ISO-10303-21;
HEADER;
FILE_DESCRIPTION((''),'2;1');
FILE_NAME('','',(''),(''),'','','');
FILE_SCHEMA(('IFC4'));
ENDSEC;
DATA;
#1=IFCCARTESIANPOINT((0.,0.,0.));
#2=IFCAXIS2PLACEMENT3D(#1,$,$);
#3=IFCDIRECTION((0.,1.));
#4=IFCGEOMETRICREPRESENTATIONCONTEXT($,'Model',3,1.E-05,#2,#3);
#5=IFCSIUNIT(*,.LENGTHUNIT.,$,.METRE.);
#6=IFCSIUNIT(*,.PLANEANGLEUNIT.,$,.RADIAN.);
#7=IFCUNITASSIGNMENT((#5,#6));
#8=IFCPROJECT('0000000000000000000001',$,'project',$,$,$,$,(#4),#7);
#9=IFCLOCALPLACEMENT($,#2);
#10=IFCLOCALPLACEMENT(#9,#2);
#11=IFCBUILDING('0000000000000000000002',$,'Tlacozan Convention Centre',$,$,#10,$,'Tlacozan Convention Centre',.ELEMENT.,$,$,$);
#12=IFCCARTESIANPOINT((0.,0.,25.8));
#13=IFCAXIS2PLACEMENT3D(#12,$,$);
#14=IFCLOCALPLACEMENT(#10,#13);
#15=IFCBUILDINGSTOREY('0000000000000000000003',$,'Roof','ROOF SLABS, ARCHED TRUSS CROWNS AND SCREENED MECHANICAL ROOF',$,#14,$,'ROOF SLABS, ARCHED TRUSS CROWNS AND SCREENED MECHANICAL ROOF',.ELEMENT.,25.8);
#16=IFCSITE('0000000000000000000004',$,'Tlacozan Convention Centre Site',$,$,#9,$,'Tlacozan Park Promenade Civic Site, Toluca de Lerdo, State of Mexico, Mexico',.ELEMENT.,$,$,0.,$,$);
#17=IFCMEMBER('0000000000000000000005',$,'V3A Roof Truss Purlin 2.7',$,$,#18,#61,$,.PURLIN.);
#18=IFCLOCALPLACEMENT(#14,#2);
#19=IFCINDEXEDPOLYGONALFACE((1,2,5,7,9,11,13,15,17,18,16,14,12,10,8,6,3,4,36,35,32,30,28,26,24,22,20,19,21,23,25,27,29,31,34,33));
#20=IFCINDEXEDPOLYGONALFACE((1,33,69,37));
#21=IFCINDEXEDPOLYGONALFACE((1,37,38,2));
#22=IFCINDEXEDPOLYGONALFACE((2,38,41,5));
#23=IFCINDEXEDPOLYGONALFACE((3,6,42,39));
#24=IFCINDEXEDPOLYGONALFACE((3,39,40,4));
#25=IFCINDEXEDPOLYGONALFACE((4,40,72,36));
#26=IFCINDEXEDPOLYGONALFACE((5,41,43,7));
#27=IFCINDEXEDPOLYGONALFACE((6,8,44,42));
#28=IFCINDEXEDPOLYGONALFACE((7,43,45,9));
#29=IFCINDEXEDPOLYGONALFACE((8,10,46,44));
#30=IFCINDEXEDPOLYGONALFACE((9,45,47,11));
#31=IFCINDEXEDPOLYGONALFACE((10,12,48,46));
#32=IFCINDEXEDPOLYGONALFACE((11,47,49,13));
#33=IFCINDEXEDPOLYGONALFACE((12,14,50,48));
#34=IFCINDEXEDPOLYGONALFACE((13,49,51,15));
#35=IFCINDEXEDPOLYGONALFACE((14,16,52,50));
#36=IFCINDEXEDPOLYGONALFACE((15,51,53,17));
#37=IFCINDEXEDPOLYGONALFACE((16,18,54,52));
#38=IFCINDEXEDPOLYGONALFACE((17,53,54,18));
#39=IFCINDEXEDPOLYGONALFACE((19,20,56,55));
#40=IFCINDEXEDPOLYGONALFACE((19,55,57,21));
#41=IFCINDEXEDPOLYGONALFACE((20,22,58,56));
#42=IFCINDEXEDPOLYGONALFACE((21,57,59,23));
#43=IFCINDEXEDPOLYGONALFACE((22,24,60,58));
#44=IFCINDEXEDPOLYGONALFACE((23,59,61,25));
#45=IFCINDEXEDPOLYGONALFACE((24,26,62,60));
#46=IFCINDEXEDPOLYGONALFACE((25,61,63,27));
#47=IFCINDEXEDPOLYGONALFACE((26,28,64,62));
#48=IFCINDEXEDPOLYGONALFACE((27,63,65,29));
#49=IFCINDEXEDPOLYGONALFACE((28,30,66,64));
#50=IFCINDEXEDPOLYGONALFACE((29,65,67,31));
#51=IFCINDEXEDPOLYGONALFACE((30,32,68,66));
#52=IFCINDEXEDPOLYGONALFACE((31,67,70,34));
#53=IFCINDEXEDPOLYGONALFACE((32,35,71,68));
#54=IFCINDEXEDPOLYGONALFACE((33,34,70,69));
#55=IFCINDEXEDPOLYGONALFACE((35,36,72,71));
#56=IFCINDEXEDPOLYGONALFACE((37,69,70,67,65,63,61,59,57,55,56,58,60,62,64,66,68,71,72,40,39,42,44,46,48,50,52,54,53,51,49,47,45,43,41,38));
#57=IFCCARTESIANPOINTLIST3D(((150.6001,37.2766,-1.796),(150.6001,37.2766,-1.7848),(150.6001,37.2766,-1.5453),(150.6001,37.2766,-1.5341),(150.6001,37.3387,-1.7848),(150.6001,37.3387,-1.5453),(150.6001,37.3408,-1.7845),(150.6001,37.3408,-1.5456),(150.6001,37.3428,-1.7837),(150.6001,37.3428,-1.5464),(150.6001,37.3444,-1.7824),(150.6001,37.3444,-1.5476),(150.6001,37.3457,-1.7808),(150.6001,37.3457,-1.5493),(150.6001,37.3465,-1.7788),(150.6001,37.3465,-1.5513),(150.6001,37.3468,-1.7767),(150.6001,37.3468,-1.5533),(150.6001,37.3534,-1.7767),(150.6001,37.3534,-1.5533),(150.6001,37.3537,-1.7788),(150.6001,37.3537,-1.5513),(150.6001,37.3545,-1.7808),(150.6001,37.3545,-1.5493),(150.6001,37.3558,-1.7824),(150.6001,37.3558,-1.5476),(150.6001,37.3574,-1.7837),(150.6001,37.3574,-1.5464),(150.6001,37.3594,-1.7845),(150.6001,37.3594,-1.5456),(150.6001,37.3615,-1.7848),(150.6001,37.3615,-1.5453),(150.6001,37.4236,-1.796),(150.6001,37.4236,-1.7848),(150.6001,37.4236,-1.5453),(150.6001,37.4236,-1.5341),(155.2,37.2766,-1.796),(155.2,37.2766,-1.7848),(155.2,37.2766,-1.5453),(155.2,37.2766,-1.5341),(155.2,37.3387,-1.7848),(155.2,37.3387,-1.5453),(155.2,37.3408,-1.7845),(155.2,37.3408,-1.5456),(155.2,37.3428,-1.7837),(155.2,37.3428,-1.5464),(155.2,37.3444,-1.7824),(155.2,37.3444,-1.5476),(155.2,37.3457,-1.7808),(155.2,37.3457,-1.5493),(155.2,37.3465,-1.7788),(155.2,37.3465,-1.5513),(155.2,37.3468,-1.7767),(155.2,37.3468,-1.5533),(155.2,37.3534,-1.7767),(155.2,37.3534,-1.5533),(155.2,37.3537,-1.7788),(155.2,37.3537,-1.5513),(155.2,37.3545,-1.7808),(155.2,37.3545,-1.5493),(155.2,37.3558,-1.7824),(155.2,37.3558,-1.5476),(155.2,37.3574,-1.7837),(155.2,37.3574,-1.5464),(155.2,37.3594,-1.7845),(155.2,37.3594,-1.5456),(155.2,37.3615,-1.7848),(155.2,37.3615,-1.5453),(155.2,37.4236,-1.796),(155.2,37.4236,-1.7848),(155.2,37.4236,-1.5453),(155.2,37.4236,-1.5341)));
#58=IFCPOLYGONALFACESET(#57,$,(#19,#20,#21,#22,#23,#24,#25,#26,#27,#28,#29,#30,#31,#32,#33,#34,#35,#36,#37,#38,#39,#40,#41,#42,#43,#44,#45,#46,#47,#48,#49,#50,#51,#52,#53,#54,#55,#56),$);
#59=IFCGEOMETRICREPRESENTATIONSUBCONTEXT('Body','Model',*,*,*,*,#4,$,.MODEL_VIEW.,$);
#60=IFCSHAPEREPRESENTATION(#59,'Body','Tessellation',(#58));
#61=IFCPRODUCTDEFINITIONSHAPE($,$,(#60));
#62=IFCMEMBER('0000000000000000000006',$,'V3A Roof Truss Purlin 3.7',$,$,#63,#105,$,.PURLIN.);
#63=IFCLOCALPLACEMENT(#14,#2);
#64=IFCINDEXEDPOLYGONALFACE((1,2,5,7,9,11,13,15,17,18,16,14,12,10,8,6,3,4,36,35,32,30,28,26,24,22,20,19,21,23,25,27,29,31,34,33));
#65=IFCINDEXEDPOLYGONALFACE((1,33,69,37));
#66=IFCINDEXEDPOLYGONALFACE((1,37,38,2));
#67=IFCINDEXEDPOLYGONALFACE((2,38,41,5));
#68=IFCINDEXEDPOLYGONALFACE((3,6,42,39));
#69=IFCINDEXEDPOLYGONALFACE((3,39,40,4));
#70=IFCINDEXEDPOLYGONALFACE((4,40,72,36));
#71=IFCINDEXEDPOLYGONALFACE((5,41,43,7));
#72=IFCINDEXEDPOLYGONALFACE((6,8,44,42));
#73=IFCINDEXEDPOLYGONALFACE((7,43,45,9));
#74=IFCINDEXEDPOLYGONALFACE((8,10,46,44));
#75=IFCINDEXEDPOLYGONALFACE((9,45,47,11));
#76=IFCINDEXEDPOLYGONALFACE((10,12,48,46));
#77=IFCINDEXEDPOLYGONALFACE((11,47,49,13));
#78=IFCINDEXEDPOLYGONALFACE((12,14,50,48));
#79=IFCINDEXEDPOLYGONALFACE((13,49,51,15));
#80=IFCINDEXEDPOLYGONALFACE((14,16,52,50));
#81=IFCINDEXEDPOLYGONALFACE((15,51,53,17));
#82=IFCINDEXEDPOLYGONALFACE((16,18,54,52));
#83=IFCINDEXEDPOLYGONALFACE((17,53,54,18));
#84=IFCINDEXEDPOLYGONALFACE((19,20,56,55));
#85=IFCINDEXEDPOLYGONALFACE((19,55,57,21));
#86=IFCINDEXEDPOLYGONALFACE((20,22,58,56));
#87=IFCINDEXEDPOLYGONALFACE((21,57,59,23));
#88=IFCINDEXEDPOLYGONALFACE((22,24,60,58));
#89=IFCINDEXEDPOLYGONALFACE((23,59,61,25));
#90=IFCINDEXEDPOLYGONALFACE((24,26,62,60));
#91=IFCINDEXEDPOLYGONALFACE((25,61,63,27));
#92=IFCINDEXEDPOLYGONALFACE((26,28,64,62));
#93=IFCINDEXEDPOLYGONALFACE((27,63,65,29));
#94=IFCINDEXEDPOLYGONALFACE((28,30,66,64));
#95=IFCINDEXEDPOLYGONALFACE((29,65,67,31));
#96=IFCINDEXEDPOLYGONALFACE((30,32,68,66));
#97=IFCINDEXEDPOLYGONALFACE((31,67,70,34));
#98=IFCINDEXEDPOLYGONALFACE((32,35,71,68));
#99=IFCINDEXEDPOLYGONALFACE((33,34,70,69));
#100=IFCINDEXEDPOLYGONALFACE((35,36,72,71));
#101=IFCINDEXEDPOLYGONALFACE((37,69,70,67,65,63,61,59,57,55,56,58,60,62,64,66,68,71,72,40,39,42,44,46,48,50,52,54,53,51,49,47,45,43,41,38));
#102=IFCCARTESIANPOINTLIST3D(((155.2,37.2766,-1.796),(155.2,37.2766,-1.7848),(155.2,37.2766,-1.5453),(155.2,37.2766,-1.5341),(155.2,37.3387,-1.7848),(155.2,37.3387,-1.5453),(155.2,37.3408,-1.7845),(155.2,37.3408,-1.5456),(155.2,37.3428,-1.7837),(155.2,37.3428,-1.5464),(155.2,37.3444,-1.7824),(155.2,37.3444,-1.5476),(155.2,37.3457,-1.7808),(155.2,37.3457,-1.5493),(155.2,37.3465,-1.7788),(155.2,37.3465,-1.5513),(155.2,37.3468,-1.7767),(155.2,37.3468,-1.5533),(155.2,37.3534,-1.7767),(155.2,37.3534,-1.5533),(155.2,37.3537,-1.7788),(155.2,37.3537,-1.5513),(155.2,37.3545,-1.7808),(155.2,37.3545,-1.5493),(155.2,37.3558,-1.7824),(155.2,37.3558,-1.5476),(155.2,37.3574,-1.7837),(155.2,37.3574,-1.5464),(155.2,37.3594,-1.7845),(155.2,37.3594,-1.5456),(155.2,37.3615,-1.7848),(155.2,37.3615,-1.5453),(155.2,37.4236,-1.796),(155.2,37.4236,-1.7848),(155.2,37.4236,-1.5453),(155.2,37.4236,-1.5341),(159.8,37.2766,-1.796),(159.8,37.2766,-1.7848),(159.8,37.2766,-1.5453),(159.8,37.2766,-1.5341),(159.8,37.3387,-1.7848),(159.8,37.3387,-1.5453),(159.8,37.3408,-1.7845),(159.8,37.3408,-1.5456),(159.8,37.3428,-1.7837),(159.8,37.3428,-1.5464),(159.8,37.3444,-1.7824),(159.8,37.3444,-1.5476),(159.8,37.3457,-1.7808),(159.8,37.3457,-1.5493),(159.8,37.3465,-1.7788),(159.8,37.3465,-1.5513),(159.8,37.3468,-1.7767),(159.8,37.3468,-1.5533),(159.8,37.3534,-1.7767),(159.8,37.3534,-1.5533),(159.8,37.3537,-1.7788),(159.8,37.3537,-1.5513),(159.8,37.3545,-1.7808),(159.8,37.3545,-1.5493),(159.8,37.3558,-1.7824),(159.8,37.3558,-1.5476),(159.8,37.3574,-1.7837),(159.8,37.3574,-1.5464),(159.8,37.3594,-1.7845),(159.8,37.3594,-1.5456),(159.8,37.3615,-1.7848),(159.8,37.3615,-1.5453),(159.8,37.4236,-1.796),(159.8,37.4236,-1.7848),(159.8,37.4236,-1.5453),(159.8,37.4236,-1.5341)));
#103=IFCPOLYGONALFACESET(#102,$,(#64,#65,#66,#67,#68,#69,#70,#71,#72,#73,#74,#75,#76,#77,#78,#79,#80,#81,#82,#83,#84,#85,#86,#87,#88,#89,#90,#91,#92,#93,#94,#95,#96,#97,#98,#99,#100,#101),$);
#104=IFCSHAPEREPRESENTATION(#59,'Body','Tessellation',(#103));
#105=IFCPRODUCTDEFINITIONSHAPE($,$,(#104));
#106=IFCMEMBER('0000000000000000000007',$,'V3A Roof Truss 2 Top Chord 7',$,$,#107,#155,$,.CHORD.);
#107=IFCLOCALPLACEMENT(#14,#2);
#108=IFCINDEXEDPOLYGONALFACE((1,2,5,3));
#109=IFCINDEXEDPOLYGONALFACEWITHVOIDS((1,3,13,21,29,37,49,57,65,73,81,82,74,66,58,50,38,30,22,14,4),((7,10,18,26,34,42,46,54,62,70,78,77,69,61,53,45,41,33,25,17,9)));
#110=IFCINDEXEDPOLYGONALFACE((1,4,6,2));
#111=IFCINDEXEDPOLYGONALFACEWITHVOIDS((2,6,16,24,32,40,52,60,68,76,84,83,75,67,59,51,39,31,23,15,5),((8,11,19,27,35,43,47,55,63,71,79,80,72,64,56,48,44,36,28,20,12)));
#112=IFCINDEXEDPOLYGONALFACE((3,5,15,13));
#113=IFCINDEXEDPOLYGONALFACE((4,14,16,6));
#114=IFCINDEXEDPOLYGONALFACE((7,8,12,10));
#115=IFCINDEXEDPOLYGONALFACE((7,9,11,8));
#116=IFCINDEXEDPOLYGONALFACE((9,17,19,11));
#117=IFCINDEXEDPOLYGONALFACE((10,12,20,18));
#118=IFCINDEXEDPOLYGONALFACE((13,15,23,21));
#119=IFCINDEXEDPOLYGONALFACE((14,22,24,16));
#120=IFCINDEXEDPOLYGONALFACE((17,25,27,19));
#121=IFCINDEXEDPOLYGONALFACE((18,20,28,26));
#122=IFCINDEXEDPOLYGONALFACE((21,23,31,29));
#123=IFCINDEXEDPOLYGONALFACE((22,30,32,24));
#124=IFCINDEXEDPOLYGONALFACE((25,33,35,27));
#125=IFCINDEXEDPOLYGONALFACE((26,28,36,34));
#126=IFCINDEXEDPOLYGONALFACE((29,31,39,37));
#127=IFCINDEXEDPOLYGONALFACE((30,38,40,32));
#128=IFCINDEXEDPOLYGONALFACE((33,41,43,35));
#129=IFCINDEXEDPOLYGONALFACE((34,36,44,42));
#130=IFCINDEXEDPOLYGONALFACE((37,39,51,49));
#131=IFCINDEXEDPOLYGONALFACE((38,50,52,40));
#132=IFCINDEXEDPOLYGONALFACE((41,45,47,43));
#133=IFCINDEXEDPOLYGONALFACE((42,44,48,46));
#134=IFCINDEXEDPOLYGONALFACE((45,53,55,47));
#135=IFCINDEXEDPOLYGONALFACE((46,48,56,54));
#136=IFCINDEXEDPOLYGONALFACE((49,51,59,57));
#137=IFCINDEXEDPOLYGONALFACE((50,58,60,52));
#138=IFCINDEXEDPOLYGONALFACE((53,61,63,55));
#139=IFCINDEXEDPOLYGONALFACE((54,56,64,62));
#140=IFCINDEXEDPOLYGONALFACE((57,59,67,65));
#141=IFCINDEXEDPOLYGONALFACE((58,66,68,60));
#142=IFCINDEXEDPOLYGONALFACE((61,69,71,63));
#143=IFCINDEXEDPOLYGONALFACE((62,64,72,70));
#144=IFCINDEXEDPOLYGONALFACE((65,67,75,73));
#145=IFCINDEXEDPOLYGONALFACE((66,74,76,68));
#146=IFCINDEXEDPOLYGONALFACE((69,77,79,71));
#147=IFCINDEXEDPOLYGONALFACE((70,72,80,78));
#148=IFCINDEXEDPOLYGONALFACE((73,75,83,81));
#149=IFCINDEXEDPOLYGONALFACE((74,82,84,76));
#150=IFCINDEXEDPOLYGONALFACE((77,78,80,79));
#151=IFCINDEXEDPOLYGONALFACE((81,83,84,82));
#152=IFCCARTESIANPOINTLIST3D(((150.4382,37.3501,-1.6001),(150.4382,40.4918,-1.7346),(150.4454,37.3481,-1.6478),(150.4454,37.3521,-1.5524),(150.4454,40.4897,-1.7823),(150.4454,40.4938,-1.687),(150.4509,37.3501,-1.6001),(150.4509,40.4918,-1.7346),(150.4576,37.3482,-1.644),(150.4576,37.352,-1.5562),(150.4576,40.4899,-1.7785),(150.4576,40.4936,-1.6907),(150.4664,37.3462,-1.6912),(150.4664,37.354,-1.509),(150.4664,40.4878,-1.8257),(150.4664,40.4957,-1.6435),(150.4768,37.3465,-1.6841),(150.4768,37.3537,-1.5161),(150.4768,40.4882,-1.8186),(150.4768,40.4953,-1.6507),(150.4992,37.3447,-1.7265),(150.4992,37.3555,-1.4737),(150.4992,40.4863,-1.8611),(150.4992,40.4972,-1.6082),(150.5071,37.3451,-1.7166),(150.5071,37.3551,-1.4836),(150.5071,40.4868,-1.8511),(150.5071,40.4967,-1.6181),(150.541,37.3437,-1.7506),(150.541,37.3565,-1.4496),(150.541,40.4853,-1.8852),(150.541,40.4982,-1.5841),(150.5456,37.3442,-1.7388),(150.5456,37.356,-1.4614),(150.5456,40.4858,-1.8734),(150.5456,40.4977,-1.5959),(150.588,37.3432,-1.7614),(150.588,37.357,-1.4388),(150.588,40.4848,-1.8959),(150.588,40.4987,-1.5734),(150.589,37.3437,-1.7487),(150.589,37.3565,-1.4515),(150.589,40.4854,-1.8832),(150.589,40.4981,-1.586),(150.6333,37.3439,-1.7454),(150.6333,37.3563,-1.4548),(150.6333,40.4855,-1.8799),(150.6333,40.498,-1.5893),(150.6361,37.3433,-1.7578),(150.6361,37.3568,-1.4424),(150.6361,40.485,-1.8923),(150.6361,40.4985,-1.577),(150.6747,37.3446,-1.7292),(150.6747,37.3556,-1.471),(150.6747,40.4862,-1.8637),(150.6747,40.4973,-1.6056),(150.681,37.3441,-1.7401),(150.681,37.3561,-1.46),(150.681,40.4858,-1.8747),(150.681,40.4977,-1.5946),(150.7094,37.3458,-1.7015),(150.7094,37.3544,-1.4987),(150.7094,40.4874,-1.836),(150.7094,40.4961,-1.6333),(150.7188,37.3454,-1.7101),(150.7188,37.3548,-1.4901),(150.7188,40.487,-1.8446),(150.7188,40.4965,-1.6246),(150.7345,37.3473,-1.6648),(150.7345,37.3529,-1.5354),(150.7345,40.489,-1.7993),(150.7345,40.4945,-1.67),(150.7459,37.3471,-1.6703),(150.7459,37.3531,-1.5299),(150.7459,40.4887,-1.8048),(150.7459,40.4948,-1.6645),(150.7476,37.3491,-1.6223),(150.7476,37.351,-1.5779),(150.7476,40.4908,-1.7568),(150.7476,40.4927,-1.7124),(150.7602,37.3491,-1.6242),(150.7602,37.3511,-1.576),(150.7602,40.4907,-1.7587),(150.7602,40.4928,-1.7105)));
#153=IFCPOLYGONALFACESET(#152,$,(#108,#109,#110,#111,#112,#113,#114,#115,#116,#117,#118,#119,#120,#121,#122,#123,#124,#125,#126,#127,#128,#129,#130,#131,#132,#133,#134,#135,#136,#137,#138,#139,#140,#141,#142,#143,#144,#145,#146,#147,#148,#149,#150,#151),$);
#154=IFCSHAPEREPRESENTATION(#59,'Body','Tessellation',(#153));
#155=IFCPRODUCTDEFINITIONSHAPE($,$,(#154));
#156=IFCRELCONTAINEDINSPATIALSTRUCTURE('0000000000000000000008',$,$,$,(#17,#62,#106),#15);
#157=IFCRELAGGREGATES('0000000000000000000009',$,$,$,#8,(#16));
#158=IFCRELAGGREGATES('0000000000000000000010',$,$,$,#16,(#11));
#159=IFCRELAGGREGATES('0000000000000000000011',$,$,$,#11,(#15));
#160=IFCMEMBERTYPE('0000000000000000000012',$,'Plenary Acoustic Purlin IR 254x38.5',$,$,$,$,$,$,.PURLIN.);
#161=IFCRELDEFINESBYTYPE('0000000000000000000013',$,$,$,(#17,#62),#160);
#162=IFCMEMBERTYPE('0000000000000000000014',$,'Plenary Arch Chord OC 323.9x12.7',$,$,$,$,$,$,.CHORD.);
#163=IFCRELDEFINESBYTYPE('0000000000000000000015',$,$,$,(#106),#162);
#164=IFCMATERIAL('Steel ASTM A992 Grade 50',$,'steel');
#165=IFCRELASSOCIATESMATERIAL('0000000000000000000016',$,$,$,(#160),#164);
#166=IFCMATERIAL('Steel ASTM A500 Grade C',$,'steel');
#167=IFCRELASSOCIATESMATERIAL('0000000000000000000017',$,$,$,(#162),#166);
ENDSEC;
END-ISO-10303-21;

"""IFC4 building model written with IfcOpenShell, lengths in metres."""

from ifc_helpers import new_model, si_unit, direction, frame, origin, origin_2d, place, context, subcontext, project, spatial, hollow_circle, i_section, extrude, material, material_profile, profile_set, type_object, element, save


model = new_model("IFC4")

# Units and contexts
model_context = context("Model", 3, precision=1e-05, world=origin(), true_north=direction((0.0, 1.0)))
body_context = subcontext(model_context, "Body", "Model", "MODEL_VIEW")
ifc_project = project(units=[si_unit("LENGTHUNIT", "METRE"), si_unit("PLANEANGLEUNIT", "RADIAN")], contexts=[model_context])

# Site, building, storey
site_placement = place(None, origin())
site = spatial("IfcSite", under=ifc_project, at=site_placement, Name="Tlacozan Convention Centre Site", LongName="Tlacozan Park Promenade Civic Site, Toluca de Lerdo, State of Mexico, Mexico", CompositionType="ELEMENT", RefElevation=0.0)
building_placement = place(site_placement, origin())
building = spatial("IfcBuilding", under=site, at=building_placement, Name="Tlacozan Convention Centre", LongName="Tlacozan Convention Centre", CompositionType="ELEMENT")
storey_placement = place(building_placement, frame((0.0, 0.0, 25.8)))
storey = spatial("IfcBuildingStorey", under=building, at=storey_placement, Name="Roof", Description="ROOF SLABS, ARCHED TRUSS CROWNS AND SCREENED MECHANICAL ROOF", LongName="ROOF SLABS, ARCHED TRUSS CROWNS AND SCREENED MECHANICAL ROOF", CompositionType="ELEMENT", Elevation=25.8)

# Members
ifc_material_1 = material(Name="Steel ASTM A992 Grade 50", Category="steel")
ifc_material_profile_1 = material_profile(ifc_material_1, i_section(OverallWidth=0.147, OverallDepth=0.262, WebThickness=0.0066, FlangeThickness=0.0112, FilletRadius=0.0081, at=origin_2d()), Name="IR 254x38.5")
ifc_profile_set_1 = profile_set([ifc_material_profile_1], Name="Steel ASTM A992 Grade 50")
member_type_1 = type_object("IfcMemberType", Name="Plenary Acoustic Purlin IR 254x38.5", PredefinedType="PURLIN", material=ifc_profile_set_1)
member_1_placement = place(storey_placement, frame((150.6001, 37.3501, -1.665), z_axis=(1.0, 0.0, 0.0), x_axis=(0.0, 1.0, 0.0)))
element("IfcMember", 1, at=member_1_placement, inside=storey, type_object=member_type_1, Name="V3A Roof Truss Purlin 2.7", PredefinedType="PURLIN", context=body_context, shape_type="SweptSolid", body=[
    extrude(i_section(OverallWidth=0.147, OverallDepth=0.262, WebThickness=0.0066, FlangeThickness=0.0112, FilletRadius=0.0081, at=origin_2d()), origin(), (0.0, 0.0, 1.0), 4.5999),
])
member_2_placement = place(storey_placement, frame((155.2, 37.3501, -1.665), z_axis=(1.0, 0.0, 0.0), x_axis=(0.0, 1.0, 0.0)))
element("IfcMember", 2, at=member_2_placement, inside=storey, type_object=member_type_1, Name="V3A Roof Truss Purlin 3.7", PredefinedType="PURLIN", context=body_context, shape_type="SweptSolid", body=[
    extrude(i_section(OverallWidth=0.147, OverallDepth=0.262, WebThickness=0.0066, FlangeThickness=0.0112, FilletRadius=0.0081, at=origin_2d()), origin(), (0.0, 0.0, 1.0), 4.6001),
])
ifc_material_2 = material(Name="Steel ASTM A500 Grade C", Category="steel")
ifc_material_profile_2 = material_profile(ifc_material_2, hollow_circle(Radius=0.1619, WallThickness=0.0127, at=origin_2d()), Name="OC 323.9x12.7")
ifc_profile_set_2 = profile_set([ifc_material_profile_2], Name="Steel ASTM A500 Grade C")
member_type_2 = type_object("IfcMemberType", Name="Plenary Arch Chord OC 323.9x12.7", PredefinedType="CHORD", material=ifc_profile_set_2)
for number, where, z_axis, x_axis, name in (
    (3, (150.6001, 37.3501, -1.6001), (0.0, 0.999085, -0.04278), (-1.0, 0.0, 0.0), "V3A Roof Truss 2 Top Chord 7"),
):
    element("IfcMember", number, at=place(storey_placement, frame(where, z_axis=z_axis, x_axis=x_axis)), inside=storey, type_object=member_type_2, Name=name, PredefinedType="CHORD", context=body_context, shape_type="SweptSolid", body=[
        extrude(hollow_circle(Radius=0.1619, WallThickness=0.0127, at=origin_2d()), origin(), (0.0, 0.0, 1.0), 3.1445),
    ])

save(model, "model.ifc")
